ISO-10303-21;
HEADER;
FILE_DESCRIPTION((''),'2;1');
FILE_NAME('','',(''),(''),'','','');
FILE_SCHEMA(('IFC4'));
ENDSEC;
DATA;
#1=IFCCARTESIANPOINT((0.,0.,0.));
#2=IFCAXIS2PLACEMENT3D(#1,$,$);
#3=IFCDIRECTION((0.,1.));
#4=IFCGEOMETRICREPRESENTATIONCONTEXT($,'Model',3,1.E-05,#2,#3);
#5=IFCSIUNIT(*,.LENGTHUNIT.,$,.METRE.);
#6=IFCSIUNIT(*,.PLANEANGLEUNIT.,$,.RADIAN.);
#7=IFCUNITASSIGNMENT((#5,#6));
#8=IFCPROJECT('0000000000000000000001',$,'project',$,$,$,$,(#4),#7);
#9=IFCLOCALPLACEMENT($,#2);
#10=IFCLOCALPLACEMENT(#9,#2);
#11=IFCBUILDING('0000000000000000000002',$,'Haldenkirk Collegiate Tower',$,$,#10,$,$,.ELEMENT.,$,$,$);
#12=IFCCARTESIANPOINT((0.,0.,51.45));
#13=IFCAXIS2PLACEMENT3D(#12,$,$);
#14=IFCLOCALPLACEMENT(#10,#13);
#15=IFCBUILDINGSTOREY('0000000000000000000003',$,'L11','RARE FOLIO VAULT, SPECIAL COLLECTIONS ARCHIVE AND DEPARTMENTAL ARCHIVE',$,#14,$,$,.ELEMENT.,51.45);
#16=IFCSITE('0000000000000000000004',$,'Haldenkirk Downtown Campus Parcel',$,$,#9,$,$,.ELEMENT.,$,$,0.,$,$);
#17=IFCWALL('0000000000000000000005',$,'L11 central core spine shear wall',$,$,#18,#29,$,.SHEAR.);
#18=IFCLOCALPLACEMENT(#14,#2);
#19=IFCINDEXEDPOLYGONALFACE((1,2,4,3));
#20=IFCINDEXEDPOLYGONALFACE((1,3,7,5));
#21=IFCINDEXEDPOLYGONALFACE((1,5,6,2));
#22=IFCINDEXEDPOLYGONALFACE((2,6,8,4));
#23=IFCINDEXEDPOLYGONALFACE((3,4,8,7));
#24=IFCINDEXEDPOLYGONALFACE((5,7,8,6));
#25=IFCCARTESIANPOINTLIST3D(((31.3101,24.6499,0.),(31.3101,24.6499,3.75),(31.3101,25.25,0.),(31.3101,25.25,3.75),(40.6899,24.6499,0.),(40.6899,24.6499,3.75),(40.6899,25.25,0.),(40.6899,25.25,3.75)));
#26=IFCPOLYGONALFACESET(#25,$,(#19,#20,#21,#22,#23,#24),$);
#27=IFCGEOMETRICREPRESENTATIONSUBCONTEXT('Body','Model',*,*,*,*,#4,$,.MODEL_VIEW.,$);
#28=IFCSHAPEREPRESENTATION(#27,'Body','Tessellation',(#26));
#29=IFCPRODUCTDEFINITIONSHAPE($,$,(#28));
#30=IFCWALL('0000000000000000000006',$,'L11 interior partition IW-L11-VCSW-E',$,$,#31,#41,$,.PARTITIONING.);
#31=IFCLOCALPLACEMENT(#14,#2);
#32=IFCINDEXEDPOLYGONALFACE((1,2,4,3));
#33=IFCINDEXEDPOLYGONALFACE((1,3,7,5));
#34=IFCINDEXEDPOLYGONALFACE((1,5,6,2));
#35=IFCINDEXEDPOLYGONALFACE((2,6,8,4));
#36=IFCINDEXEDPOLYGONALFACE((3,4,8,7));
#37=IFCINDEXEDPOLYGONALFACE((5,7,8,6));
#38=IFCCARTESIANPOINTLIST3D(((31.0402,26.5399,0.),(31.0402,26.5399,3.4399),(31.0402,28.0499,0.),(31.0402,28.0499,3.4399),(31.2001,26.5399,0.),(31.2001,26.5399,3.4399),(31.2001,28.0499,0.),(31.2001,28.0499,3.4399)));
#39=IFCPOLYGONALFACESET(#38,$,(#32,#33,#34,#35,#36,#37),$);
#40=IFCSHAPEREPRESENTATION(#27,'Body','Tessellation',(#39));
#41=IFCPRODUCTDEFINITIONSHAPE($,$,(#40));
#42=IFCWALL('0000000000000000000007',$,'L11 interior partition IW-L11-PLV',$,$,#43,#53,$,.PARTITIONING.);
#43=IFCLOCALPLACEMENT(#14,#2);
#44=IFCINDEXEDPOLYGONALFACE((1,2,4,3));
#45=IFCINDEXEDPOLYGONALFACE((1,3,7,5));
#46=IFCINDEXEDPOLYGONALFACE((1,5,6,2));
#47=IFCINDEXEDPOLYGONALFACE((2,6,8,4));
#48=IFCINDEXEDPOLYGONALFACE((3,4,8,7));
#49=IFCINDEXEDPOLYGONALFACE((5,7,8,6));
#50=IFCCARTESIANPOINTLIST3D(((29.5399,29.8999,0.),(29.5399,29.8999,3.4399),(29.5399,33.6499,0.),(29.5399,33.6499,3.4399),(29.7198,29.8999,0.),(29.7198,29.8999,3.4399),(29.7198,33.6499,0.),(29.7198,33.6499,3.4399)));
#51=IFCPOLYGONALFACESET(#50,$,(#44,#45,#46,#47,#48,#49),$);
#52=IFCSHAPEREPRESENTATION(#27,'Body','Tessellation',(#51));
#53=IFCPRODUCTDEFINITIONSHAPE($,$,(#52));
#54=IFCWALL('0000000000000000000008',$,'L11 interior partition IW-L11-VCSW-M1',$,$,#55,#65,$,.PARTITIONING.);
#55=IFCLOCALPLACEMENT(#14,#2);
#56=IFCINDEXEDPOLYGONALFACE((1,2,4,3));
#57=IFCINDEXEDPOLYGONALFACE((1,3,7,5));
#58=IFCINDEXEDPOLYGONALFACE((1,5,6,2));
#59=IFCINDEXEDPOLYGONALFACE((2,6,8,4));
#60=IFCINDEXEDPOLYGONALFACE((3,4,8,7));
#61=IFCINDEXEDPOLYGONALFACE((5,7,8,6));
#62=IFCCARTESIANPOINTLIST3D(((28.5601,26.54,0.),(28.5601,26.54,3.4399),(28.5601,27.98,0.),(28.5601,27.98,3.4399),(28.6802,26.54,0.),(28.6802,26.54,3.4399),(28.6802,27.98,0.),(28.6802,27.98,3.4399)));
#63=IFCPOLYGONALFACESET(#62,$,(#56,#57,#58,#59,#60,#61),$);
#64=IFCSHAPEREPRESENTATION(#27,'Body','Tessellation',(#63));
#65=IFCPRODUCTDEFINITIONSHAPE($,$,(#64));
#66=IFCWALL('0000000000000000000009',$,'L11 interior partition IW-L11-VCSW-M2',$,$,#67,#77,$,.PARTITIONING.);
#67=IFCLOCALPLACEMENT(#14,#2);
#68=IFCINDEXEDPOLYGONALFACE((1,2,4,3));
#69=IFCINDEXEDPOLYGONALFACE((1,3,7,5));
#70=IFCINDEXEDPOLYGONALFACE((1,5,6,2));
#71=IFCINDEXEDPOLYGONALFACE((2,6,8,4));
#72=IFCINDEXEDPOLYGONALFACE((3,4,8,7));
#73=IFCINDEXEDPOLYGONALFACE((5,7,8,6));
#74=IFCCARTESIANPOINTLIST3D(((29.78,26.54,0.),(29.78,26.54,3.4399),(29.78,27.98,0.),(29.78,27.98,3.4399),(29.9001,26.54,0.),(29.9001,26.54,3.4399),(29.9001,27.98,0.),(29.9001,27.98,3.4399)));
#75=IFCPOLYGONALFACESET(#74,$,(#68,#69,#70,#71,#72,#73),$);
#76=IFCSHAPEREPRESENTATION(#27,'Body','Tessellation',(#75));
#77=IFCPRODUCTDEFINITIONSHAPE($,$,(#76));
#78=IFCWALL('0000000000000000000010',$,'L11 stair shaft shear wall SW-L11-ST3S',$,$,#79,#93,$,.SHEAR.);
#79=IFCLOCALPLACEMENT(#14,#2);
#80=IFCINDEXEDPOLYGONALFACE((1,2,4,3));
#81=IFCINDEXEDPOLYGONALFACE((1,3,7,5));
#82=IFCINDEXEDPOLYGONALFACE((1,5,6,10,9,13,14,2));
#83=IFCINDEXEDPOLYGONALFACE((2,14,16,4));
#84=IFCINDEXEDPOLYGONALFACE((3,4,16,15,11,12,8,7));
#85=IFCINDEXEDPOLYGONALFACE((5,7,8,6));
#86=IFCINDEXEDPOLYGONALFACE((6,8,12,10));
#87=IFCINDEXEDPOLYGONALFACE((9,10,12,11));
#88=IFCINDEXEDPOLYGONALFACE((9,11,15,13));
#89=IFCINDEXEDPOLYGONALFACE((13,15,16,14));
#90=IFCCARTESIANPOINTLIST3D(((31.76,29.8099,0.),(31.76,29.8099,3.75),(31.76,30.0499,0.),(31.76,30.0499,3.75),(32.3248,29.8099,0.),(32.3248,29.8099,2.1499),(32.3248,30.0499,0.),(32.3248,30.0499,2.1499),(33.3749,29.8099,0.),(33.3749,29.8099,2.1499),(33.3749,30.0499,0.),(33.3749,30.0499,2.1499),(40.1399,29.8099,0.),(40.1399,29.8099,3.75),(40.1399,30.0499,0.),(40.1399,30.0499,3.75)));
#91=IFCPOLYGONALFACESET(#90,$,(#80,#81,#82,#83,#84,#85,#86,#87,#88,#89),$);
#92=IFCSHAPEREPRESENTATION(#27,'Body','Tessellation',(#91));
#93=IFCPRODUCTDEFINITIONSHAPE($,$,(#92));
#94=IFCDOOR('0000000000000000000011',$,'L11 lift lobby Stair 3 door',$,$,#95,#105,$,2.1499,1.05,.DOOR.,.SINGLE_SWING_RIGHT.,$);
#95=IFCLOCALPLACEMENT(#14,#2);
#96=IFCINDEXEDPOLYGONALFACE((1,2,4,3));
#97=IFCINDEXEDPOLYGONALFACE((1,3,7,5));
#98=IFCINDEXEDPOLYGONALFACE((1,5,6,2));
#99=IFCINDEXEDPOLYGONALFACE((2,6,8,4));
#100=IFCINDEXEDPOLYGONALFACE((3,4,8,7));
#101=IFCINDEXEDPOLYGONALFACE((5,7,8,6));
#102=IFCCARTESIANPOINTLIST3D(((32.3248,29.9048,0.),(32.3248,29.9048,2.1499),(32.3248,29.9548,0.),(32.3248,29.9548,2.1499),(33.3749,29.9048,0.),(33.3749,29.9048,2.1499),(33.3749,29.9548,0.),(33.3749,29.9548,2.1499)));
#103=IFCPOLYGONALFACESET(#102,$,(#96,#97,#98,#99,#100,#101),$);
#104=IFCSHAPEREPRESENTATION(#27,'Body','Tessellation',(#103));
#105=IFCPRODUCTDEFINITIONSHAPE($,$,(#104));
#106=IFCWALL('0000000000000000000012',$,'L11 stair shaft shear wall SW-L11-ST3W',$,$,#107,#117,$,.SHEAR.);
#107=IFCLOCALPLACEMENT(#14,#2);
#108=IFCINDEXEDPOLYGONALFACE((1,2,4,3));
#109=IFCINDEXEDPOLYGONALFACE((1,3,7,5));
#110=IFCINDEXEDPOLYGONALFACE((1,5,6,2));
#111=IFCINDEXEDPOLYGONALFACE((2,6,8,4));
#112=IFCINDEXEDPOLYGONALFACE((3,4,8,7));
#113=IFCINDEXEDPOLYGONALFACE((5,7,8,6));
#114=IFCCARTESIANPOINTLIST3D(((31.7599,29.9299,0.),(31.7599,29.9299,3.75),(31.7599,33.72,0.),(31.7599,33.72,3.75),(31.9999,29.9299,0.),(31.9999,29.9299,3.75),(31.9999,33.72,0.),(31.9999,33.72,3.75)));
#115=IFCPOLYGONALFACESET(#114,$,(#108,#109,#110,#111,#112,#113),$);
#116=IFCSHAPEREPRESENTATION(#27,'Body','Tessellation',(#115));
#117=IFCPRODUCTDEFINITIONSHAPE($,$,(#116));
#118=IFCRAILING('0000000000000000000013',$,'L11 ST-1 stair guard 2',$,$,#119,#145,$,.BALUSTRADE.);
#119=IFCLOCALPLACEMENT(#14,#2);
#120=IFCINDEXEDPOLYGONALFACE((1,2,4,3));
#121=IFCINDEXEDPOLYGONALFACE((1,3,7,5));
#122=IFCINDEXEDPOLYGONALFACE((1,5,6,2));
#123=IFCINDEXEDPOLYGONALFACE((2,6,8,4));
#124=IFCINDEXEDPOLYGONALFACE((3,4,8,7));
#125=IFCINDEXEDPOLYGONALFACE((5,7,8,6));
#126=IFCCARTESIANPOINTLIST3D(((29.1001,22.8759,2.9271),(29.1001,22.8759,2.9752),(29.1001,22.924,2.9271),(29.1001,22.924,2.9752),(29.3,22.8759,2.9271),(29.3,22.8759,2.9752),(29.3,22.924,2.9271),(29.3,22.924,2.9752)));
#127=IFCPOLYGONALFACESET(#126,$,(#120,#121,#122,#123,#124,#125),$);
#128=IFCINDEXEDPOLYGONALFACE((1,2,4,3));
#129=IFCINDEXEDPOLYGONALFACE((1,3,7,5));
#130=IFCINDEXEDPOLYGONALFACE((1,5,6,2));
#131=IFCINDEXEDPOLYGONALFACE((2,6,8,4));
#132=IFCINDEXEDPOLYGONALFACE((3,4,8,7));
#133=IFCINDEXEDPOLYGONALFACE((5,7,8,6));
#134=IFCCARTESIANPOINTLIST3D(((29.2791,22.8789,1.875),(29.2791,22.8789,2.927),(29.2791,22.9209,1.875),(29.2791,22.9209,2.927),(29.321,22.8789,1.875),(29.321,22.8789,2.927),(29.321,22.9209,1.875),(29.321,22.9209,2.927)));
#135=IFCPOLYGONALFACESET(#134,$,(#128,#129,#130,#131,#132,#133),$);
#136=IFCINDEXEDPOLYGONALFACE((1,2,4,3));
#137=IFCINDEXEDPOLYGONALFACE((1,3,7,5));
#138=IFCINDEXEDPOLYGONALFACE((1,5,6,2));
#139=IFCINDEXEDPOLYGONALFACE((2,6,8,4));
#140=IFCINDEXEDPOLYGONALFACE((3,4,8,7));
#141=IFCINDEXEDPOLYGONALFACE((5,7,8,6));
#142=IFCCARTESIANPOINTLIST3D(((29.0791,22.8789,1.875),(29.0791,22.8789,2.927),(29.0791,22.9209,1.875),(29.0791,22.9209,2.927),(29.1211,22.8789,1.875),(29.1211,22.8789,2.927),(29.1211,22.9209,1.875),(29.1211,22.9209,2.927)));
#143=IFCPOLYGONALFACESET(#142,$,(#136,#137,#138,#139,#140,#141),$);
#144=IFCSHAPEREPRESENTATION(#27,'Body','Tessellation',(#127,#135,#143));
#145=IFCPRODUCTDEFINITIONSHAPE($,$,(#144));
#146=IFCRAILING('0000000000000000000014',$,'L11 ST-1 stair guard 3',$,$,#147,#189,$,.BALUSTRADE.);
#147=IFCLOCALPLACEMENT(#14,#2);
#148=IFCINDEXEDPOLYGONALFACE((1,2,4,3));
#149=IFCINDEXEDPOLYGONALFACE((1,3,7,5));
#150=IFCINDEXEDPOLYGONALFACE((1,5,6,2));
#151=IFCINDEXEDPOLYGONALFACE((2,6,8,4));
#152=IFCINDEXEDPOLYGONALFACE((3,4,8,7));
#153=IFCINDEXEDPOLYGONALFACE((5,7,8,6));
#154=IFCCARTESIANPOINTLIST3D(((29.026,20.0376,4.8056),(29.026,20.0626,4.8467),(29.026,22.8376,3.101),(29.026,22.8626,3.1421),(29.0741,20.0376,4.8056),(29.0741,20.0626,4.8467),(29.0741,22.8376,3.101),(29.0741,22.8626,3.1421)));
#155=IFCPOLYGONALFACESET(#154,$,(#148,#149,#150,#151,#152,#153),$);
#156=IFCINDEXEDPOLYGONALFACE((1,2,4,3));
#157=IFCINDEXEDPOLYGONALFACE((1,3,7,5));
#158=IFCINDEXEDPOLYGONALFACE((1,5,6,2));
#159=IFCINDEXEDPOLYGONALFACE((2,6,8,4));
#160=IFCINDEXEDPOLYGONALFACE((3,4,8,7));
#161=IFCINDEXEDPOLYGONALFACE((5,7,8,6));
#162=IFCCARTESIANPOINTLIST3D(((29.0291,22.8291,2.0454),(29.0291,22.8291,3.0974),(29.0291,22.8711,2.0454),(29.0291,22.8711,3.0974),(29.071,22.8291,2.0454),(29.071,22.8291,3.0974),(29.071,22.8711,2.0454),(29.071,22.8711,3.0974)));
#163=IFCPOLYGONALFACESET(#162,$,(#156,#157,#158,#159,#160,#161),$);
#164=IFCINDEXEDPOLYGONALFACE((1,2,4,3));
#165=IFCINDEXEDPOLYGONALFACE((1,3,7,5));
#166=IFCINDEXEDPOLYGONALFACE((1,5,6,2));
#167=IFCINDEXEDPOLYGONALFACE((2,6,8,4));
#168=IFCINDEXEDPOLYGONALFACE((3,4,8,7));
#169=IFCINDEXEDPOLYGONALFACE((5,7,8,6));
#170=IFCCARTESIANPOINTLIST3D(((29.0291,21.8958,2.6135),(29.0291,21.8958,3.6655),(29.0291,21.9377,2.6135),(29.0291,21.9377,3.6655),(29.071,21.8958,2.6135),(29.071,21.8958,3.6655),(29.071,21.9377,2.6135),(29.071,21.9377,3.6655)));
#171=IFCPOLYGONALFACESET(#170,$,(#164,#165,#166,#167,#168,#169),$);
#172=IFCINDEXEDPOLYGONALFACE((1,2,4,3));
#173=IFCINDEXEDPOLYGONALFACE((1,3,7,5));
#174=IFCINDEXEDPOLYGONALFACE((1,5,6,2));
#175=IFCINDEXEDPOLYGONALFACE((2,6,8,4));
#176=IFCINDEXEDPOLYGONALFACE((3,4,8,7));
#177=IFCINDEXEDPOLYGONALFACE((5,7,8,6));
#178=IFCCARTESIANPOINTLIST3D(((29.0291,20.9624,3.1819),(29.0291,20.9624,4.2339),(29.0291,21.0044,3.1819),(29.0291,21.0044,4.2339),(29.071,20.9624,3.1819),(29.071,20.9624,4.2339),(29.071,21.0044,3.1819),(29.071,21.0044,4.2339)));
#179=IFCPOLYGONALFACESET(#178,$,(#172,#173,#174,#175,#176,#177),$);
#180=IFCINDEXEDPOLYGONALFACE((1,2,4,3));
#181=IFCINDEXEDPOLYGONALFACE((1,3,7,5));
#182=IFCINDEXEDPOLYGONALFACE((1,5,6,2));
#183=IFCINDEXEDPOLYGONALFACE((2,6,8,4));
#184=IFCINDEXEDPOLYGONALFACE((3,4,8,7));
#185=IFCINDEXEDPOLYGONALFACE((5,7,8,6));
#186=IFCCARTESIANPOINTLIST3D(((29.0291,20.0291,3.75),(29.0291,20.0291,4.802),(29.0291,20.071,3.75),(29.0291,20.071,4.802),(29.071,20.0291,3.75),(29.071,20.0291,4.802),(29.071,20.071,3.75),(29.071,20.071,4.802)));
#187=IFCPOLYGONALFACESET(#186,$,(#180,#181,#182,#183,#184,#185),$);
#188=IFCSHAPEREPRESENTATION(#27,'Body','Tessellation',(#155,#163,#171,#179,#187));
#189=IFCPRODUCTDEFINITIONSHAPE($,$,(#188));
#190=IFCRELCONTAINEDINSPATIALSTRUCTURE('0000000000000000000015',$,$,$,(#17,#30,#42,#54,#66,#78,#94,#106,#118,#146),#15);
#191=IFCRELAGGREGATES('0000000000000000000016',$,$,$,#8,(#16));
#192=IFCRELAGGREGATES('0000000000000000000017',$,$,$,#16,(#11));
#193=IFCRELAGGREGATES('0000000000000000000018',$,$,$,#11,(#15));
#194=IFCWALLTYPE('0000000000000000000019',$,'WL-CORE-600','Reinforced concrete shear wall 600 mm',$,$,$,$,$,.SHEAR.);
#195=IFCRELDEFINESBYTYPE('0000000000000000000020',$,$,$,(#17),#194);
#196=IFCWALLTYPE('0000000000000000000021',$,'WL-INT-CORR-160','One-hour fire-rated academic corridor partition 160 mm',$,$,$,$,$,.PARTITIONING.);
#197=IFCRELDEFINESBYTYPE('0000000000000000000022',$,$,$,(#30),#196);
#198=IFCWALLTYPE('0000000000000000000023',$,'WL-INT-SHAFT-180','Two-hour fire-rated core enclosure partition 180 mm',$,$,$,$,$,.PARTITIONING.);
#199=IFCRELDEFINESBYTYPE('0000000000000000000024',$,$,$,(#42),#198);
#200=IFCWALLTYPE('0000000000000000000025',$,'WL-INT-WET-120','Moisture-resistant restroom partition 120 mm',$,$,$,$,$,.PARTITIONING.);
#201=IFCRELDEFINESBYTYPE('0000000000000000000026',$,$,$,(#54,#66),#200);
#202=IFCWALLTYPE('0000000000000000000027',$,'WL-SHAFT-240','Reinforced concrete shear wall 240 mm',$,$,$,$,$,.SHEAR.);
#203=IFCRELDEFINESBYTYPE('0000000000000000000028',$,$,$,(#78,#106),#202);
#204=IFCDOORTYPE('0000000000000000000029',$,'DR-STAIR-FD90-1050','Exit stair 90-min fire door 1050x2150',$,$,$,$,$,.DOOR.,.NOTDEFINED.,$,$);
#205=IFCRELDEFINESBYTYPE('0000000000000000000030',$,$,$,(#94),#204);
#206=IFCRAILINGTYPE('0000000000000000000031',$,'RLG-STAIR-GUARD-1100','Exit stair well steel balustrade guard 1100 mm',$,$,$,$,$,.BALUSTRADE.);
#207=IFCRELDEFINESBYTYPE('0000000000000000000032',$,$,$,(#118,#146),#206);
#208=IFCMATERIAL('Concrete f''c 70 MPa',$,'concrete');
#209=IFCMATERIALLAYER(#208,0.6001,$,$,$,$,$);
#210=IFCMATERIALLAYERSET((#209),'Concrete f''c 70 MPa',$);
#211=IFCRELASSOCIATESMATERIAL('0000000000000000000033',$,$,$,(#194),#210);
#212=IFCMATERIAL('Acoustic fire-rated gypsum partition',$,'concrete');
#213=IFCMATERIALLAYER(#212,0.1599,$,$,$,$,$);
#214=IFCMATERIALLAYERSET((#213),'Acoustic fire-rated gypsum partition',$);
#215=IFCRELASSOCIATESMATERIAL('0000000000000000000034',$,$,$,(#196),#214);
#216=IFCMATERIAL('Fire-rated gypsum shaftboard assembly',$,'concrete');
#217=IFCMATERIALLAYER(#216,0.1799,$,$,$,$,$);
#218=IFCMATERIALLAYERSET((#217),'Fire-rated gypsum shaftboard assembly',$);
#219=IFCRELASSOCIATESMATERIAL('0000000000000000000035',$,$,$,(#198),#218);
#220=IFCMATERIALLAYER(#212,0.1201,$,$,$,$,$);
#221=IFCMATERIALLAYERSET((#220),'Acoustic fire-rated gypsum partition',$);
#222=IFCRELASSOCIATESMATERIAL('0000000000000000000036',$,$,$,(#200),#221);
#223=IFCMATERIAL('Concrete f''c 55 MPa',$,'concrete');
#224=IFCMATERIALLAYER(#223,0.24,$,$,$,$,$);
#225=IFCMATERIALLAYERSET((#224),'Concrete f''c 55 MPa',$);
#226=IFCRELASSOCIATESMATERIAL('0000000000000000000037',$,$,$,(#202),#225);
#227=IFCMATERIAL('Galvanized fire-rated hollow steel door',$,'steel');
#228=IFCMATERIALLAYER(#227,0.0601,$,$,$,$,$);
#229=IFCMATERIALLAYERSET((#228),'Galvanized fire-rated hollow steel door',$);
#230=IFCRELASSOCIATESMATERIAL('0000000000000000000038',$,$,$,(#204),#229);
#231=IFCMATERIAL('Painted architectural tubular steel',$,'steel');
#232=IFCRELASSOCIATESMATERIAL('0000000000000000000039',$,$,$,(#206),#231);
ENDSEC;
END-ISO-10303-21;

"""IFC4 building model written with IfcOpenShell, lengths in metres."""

from ifc_helpers import new_model, si_unit, direction, frame, frame_2d, origin, origin_2d, place, context, subcontext, project, spatial, rectangle, extrude, material, layer, layer_set, type_object, element, fill, save


model = new_model("IFC4")

# Units and contexts
model_context = context("Model", 3, precision=1e-05, world=origin(), true_north=direction((0.0, 1.0)))
body_context = subcontext(model_context, "Body", "Model", "MODEL_VIEW")
ifc_project = project(units=[si_unit("LENGTHUNIT", "METRE"), si_unit("PLANEANGLEUNIT", "RADIAN")], contexts=[model_context])

# Site, building, storey
site_placement = place(None, origin())
site = spatial("IfcSite", under=ifc_project, at=site_placement, Name="Haldenkirk Downtown Campus Parcel", CompositionType="ELEMENT", RefElevation=0.0)
building_placement = place(site_placement, origin())
building = spatial("IfcBuilding", under=site, at=building_placement, Name="Haldenkirk Collegiate Tower", CompositionType="ELEMENT")
storey_placement = place(building_placement, frame((0.0, 0.0, 51.45)))
storey = spatial("IfcBuildingStorey", under=building, at=storey_placement, Name="L11", Description="RARE FOLIO VAULT, SPECIAL COLLECTIONS ARCHIVE AND DEPARTMENTAL ARCHIVE", CompositionType="ELEMENT", Elevation=51.45)

# Walls
ifc_material_1 = material(Name="Concrete f'c 70 MPa", Category="concrete")
ifc_layer_1 = layer(ifc_material_1, 0.6001)
ifc_layer_set_1 = layer_set([ifc_layer_1], Name="Concrete f'c 70 MPa")
wall_type_1 = type_object("IfcWallType", Name="WL-CORE-600", Description="Reinforced concrete shear wall 600 mm", PredefinedType="SHEAR", material=ifc_layer_set_1)
wall_1_placement = place(storey_placement, frame((31.3101, 24.95, 0.0), z_axis=(0.0, 0.0, 1.0), x_axis=(1.0, 0.0, 0.0)))
element("IfcWall", 1, at=wall_1_placement, inside=storey, type_object=wall_type_1, Name="L11 central core spine shear wall", PredefinedType="SHEAR", context=body_context, shape_type="SweptSolid", body=[
    extrude(rectangle(XDim=9.3799, YDim=0.6001, at=frame_2d((4.6899, 0.0))), origin(), (0.0, 0.0, 1.0), 3.75),
])
ifc_material_2 = material(Name="Acoustic fire-rated gypsum partition", Category="concrete")
ifc_layer_2 = layer(ifc_material_2, 0.1599)
ifc_layer_set_2 = layer_set([ifc_layer_2], Name="Acoustic fire-rated gypsum partition")
wall_type_2 = type_object("IfcWallType", Name="WL-INT-CORR-160", Description="One-hour fire-rated academic corridor partition 160 mm", PredefinedType="PARTITIONING", material=ifc_layer_set_2)
wall_2_placement = place(storey_placement, frame((31.1201, 26.54, 0.0), z_axis=(0.0, 0.0, 1.0), x_axis=(0.0, 1.0, 0.0)))
element("IfcWall", 2, at=wall_2_placement, inside=storey, type_object=wall_type_2, Name="L11 interior partition IW-L11-VCSW-E", PredefinedType="PARTITIONING", context=body_context, shape_type="SweptSolid", body=[
    extrude(rectangle(XDim=1.51, YDim=0.1599, at=frame_2d((0.7549, 0.0))), origin(), (0.0, 0.0, 1.0), 3.4399),
])
ifc_material_3 = material(Name="Fire-rated gypsum shaftboard assembly", Category="concrete")
ifc_layer_3 = layer(ifc_material_3, 0.1799)
ifc_layer_set_3 = layer_set([ifc_layer_3], Name="Fire-rated gypsum shaftboard assembly")
wall_type_3 = type_object("IfcWallType", Name="WL-INT-SHAFT-180", Description="Two-hour fire-rated core enclosure partition 180 mm", PredefinedType="PARTITIONING", material=ifc_layer_set_3)
wall_3_placement = place(storey_placement, frame((29.6299, 29.8999, 0.0), z_axis=(0.0, 0.0, 1.0), x_axis=(0.0, 1.0, 0.0)))
element("IfcWall", 3, at=wall_3_placement, inside=storey, type_object=wall_type_3, Name="L11 interior partition IW-L11-PLV", PredefinedType="PARTITIONING", context=body_context, shape_type="SweptSolid", body=[
    extrude(rectangle(XDim=3.75, YDim=0.1799, at=frame_2d((1.875, 0.0))), origin(), (0.0, 0.0, 1.0), 3.4399),
])

# Walls
ifc_layer_4 = layer(ifc_material_2, 0.1201)
ifc_layer_set_4 = layer_set([ifc_layer_4], Name="Acoustic fire-rated gypsum partition")
wall_type_4 = type_object("IfcWallType", Name="WL-INT-WET-120", Description="Moisture-resistant restroom partition 120 mm", PredefinedType="PARTITIONING", material=ifc_layer_set_4)
for number, where, z_axis, x_axis, name in (
    (4, (28.6201, 26.54, 0.0), (0.0, 0.0, 1.0), (0.0, 1.0, 0.0), "L11 interior partition IW-L11-VCSW-M1"),
    (5, (29.8401, 26.54, 0.0), (0.0, 0.0, 1.0), (0.0, 1.0, 0.0), "L11 interior partition IW-L11-VCSW-M2"),
):
    element("IfcWall", number, at=place(storey_placement, frame(where, z_axis=z_axis, x_axis=x_axis)), inside=storey, type_object=wall_type_4, Name=name, PredefinedType="PARTITIONING", context=body_context, shape_type="SweptSolid", body=[
        extrude(rectangle(XDim=1.4399, YDim=0.1201, at=frame_2d((0.72, 0.0))), origin(), (0.0, 0.0, 1.0), 3.4399),
    ])

# Wall, opening, door
ifc_material_4 = material(Name="Concrete f'c 55 MPa", Category="concrete")
ifc_layer_5 = layer(ifc_material_4, 0.24)
ifc_layer_set_5 = layer_set([ifc_layer_5], Name="Concrete f'c 55 MPa")
wall_type_5 = type_object("IfcWallType", Name="WL-SHAFT-240", Description="Reinforced concrete shear wall 240 mm", PredefinedType="SHEAR", material=ifc_layer_set_5)
wall_4_placement = place(storey_placement, frame((31.76, 29.9299, 0.0), z_axis=(0.0, 0.0, 1.0), x_axis=(1.0, 0.0, 0.0)))
wall_4 = element("IfcWall", 6, at=wall_4_placement, inside=storey, type_object=wall_type_5, Name="L11 stair shaft shear wall SW-L11-ST3S", PredefinedType="SHEAR", context=body_context, shape_type="SweptSolid", body=[
    extrude(rectangle(XDim=8.3799, YDim=0.24, at=frame_2d((4.1899, 0.0))), origin(), (0.0, 0.0, 1.0), 3.75),
])
opening_1_placement = place(wall_4_placement, frame((0.5649, 0.0, 0.0)))
opening_1 = element("IfcOpeningElement", 7, at=opening_1_placement, cuts=wall_4, PredefinedType="OPENING", context=body_context, shape_type="SweptSolid", body=[
    extrude(rectangle(XDim=1.05, YDim=2.1499, at=frame_2d((0.5249, 1.075))), frame((0.0, 0.1299, 0.0), z_axis=(0.0, -1.0, 0.0), x_axis=(1.0, 0.0, 0.0)), (0.0, 0.0, 1.0), 0.26),
])
ifc_material_5 = material(Name="Galvanized fire-rated hollow steel door", Category="steel")
ifc_layer_6 = layer(ifc_material_5, 0.0601)
ifc_layer_set_6 = layer_set([ifc_layer_6], Name="Galvanized fire-rated hollow steel door")
door_type_1 = type_object("IfcDoorType", Name="DR-STAIR-FD90-1050", Description="Exit stair 90-min fire door 1050x2150", OperationType="NOTDEFINED", PredefinedType="DOOR", material=ifc_layer_set_6)
door_1_placement = place(opening_1_placement, origin())
door_1 = element("IfcDoor", 8, at=door_1_placement, inside=storey, type_object=door_type_1, Name="L11 lift lobby Stair 3 door", OperationType="SINGLE_SWING_RIGHT", OverallHeight=2.1499, OverallWidth=1.05, PredefinedType="DOOR", context=body_context, shape_type="SweptSolid", body=[
    extrude(rectangle(XDim=1.05, YDim=2.1499, at=frame_2d((0.5249, 1.075))), frame((0.0, 0.0249, 0.0), z_axis=(0.0, -1.0, 0.0), x_axis=(1.0, 0.0, 0.0)), (0.0, 0.0, 1.0), 0.05),
])
fill(opening_1, door_1)

# Wall
wall_5_placement = place(storey_placement, frame((31.8799, 29.9299, 0.0), z_axis=(0.0, 0.0, 1.0), x_axis=(0.0, 1.0, 0.0)))
element("IfcWall", 9, at=wall_5_placement, inside=storey, type_object=wall_type_5, Name="L11 stair shaft shear wall SW-L11-ST3W", PredefinedType="SHEAR", context=body_context, shape_type="SweptSolid", body=[
    extrude(rectangle(XDim=3.79, YDim=0.24, at=frame_2d((1.895, 0.0))), origin(), (0.0, 0.0, 1.0), 3.75),
])

# Railings
ifc_material_6 = material(Name="Painted architectural tubular steel", Category="steel")
railing_type = type_object("IfcRailingType", Name="RLG-STAIR-GUARD-1100", Description="Exit stair well steel balustrade guard 1100 mm", PredefinedType="BALUSTRADE", material=ifc_material_6)
railing_1_placement = place(storey_placement, frame((29.3, 22.8999, 1.875)))
element("IfcRailing", 10, at=railing_1_placement, inside=storey, type_object=railing_type, Name="L11 ST-1 stair guard 2", PredefinedType="BALUSTRADE", context=body_context, shape_type="SweptSolid", body=[
    extrude(rectangle(XDim=0.0481, YDim=0.0481, at=origin_2d()), frame((0.0, 0.0, 1.0762), z_axis=(-1.0, 0.0, 0.0), x_axis=(0.0, -1.0, 0.0)), (0.0, 0.0, 1.0), 0.2),
    extrude(rectangle(XDim=0.042, YDim=0.042, at=origin_2d()), origin(), (0.0, 0.0, 1.0), 1.052),
    extrude(rectangle(XDim=0.042, YDim=0.042, at=origin_2d()), frame((-0.2, 0.0, 0.0)), (0.0, 0.0, 1.0), 1.052),
])
railing_2_placement = place(storey_placement, frame((29.05, 22.8501, 2.0454)))
element("IfcRailing", 11, at=railing_2_placement, inside=storey, type_object=railing_type, Name="L11 ST-1 stair guard 3", PredefinedType="BALUSTRADE", context=body_context, shape_type="SweptSolid", body=[
    extrude(rectangle(XDim=0.0481, YDim=0.0481, at=origin_2d()), frame((0.0, 0.0, 1.0762), z_axis=(0.0, -0.85417, 0.519994), x_axis=(1.0, 0.0, 0.0)), (0.0, 0.0, 1.0), 3.2781),
    extrude(rectangle(XDim=0.042, YDim=0.042, at=origin_2d()), origin(), (0.0, 0.0, 1.0), 1.052),
    extrude(rectangle(XDim=0.042, YDim=0.042, at=origin_2d()), frame((0.0, -0.9333, 0.5681)), (0.0, 0.0, 1.0), 1.052),
    extrude(rectangle(XDim=0.042, YDim=0.042, at=origin_2d()), frame((0.0, -1.8667, 1.1365)), (0.0, 0.0, 1.0), 1.052),
    extrude(rectangle(XDim=0.042, YDim=0.042, at=origin_2d()), frame((0.0, -2.8, 1.7046)), (0.0, 0.0, 1.0), 1.052),
])

save(model, "model.ifc")
